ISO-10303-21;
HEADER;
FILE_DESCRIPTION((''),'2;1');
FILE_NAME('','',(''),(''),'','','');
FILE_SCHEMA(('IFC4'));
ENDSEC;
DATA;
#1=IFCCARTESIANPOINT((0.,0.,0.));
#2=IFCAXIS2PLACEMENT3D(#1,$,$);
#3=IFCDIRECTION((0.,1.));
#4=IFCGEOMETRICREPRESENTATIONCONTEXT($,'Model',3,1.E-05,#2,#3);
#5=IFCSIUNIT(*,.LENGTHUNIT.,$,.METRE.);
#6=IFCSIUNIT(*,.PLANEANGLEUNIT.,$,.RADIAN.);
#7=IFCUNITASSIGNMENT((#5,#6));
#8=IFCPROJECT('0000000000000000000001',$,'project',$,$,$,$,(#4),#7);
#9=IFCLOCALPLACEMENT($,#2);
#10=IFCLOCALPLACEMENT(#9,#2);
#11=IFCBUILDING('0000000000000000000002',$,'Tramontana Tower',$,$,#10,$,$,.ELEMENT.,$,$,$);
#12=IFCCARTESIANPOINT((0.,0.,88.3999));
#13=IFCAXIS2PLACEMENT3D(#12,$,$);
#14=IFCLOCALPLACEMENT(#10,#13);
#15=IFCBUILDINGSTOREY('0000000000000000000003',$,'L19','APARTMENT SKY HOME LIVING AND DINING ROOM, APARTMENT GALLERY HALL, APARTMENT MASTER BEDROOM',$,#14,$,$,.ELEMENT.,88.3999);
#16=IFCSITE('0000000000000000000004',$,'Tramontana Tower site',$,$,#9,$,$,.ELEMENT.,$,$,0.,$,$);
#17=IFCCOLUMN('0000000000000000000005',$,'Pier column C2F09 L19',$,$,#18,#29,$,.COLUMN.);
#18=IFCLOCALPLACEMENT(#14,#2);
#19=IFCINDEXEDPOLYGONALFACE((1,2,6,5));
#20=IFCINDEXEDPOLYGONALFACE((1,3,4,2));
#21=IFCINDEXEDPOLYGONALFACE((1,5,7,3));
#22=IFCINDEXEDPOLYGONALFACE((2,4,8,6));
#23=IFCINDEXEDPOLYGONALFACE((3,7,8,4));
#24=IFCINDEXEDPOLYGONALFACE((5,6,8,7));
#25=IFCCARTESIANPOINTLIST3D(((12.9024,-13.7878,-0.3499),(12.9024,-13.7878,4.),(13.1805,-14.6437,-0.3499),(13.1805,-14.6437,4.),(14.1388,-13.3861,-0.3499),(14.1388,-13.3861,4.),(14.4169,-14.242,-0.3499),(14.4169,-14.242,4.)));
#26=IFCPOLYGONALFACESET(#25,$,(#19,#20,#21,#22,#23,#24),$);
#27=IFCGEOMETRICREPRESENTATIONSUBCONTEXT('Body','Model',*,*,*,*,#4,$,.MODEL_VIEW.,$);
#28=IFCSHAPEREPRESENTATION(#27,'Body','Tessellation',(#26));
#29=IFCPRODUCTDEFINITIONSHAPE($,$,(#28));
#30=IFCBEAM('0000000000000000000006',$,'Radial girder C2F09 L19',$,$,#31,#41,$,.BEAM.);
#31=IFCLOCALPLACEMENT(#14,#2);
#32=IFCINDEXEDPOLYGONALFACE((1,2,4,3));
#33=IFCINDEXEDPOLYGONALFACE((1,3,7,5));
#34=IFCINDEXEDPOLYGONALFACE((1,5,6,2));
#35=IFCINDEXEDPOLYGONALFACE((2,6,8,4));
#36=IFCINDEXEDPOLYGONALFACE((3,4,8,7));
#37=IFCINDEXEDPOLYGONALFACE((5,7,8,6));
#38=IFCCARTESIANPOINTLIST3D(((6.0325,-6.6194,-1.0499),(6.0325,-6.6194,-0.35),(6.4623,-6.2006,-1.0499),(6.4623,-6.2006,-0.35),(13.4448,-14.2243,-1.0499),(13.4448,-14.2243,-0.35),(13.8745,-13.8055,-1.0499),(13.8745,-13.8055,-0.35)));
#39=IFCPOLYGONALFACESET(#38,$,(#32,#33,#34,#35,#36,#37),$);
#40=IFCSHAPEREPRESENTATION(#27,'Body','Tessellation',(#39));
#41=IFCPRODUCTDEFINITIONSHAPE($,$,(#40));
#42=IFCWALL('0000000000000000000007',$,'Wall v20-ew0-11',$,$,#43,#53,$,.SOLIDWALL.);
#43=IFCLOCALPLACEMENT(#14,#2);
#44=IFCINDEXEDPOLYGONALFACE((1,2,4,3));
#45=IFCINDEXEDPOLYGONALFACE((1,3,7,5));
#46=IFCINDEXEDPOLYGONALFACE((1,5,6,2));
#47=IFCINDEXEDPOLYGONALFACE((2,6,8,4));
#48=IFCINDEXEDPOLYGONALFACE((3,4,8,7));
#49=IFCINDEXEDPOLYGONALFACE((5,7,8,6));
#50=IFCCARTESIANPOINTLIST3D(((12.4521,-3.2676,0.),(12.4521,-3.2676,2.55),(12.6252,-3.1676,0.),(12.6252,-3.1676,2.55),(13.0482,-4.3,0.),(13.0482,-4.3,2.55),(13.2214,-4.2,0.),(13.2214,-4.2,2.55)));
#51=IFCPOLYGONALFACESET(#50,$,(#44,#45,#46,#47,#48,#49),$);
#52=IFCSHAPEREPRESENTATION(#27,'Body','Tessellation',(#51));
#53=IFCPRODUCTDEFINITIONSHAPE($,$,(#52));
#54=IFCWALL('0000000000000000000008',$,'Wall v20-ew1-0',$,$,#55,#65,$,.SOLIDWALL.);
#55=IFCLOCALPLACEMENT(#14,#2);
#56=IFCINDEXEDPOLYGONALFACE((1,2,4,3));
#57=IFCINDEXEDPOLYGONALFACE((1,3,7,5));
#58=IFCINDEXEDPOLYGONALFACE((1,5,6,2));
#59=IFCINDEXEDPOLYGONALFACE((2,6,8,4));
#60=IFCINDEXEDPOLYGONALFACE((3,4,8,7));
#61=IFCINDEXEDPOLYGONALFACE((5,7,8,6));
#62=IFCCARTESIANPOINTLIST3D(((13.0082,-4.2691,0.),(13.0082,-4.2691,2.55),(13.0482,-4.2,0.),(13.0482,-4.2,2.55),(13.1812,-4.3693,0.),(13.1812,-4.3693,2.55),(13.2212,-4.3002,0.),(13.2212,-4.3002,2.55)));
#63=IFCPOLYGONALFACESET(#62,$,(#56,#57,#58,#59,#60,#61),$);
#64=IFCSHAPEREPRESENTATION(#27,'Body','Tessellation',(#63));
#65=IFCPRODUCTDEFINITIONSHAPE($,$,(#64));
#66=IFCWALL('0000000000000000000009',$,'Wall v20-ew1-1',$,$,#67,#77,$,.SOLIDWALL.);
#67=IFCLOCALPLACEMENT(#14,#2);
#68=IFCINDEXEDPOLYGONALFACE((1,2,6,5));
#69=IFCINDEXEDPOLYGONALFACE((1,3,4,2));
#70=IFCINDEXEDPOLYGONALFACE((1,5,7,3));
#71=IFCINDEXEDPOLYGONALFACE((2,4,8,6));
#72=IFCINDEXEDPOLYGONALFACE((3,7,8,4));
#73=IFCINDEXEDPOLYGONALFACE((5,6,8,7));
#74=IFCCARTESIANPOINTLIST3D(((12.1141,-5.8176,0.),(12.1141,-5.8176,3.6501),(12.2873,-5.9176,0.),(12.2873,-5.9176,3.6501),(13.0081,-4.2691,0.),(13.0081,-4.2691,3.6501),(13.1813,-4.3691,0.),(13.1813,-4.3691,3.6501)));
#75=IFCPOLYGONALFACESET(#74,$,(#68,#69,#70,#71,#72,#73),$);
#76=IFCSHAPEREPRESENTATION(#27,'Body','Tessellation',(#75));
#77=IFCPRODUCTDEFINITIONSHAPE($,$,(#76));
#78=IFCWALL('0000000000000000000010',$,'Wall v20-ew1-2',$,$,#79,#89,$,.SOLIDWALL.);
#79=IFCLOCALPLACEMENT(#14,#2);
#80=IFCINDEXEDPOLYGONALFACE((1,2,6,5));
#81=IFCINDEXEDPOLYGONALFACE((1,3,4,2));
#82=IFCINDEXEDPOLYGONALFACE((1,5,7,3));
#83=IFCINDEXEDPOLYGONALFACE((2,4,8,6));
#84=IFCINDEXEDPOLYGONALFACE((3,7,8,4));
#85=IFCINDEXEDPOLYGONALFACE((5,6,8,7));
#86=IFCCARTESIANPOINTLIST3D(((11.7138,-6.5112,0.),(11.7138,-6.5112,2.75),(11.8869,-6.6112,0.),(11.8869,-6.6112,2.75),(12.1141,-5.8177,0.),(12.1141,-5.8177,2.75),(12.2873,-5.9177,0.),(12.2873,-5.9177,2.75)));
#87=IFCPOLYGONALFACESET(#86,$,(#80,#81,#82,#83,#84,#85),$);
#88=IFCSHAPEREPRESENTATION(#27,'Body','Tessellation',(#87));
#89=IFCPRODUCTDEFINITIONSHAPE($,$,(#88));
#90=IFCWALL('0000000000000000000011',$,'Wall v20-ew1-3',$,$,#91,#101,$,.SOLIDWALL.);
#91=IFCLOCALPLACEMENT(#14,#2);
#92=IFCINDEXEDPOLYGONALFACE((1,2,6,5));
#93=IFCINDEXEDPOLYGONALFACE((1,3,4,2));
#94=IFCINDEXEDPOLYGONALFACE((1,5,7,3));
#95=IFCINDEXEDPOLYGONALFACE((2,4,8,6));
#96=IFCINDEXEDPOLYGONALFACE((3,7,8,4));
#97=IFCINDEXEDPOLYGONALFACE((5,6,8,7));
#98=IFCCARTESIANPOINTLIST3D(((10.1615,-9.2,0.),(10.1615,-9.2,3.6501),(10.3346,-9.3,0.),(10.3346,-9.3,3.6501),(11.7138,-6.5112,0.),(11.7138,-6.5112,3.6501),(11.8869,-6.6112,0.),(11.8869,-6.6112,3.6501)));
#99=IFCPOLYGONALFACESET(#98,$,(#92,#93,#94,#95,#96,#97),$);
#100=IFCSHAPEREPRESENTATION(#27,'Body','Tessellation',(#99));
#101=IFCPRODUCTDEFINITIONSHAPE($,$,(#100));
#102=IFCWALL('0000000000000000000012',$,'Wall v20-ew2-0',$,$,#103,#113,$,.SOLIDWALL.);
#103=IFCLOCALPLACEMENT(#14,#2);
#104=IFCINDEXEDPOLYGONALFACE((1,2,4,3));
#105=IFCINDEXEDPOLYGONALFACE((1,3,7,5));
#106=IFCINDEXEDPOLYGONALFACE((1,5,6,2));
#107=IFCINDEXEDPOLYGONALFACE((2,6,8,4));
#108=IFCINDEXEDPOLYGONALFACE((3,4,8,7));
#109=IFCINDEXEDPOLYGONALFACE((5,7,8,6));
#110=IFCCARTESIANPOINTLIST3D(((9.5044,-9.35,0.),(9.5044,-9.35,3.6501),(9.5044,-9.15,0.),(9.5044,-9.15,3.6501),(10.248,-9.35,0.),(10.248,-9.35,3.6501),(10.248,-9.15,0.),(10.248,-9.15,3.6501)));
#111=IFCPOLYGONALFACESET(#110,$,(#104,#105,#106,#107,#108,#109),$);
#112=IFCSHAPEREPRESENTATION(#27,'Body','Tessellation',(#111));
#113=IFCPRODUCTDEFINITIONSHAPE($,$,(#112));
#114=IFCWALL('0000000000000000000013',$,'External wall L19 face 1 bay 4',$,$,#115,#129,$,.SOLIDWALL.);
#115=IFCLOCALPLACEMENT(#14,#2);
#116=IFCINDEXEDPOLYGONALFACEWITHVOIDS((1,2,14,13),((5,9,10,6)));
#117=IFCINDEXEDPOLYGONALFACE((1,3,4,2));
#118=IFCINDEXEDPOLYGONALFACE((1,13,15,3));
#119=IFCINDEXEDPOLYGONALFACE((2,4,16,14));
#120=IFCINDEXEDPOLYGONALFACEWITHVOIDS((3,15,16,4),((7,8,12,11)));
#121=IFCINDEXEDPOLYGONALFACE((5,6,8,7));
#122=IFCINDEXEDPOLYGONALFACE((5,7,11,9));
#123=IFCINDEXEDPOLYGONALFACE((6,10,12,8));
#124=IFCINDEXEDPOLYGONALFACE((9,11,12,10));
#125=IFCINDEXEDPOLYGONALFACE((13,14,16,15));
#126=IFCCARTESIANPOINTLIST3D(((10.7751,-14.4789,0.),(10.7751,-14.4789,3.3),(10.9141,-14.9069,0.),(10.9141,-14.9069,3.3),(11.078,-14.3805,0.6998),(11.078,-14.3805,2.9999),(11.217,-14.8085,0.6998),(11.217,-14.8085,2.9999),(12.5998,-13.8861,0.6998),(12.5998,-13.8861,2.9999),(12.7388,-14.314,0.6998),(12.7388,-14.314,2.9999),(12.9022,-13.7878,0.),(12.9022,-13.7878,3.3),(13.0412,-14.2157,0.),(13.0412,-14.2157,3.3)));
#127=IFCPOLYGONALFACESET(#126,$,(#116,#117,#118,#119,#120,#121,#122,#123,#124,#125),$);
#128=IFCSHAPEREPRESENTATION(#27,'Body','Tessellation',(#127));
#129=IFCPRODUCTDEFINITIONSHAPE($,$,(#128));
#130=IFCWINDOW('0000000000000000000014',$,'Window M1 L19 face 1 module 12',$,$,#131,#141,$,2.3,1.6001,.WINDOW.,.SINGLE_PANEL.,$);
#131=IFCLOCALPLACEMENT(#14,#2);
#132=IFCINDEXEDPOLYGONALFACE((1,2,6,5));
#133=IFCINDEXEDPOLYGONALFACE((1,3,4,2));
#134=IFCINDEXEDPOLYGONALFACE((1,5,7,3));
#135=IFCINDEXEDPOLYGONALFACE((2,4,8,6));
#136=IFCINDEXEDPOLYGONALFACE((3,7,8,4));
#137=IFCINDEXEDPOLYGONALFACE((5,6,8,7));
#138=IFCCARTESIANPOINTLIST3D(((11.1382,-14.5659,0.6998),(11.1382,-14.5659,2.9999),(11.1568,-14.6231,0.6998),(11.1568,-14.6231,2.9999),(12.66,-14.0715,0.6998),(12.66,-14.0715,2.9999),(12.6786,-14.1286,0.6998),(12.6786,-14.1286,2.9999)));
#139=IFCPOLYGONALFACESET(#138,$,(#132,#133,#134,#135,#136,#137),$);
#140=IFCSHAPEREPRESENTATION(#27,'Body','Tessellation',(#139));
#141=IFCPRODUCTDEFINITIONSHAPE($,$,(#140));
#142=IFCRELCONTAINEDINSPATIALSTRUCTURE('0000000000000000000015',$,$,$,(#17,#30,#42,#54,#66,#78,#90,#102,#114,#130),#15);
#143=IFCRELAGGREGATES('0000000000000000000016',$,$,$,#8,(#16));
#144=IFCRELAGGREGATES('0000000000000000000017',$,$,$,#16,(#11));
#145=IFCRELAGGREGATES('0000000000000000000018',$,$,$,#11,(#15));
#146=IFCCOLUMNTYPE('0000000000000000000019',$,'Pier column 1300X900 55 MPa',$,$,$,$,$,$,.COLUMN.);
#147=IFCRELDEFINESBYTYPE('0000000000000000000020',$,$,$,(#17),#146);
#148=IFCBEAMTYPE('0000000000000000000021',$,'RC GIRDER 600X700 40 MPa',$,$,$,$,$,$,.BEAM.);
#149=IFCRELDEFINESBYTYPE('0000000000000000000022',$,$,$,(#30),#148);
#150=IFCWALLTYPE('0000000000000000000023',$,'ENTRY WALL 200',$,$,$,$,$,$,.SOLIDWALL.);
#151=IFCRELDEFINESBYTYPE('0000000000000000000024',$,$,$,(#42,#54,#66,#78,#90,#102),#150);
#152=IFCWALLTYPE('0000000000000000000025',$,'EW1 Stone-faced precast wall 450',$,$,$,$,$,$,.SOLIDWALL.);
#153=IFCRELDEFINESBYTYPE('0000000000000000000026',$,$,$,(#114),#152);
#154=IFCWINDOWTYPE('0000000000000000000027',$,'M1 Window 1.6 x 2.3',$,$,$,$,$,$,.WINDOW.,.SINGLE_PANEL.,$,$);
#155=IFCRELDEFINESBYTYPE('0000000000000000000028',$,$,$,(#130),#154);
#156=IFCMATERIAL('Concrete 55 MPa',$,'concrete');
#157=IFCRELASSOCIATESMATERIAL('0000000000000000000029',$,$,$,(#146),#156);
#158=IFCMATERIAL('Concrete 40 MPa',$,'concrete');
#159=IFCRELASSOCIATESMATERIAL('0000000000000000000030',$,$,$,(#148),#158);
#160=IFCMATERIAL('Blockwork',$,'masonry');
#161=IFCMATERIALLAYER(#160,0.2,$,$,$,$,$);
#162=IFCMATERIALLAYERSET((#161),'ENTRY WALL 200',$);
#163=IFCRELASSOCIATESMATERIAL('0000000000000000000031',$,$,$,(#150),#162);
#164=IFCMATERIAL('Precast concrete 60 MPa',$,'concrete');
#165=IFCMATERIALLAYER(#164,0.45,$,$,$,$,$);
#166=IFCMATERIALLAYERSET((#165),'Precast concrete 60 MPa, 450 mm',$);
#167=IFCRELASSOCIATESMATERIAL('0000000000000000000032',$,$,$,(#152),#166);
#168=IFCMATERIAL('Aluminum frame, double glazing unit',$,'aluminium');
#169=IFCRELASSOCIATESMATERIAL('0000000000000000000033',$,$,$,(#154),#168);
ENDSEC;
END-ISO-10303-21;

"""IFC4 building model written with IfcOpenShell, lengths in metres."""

from ifc_helpers import new_model, si_unit, direction, frame, frame_2d, origin, origin_2d, place, context, subcontext, project, spatial, rectangle, extrude, material, layer, layer_set, material_profile, profile_set, type_object, element, fill, save


model = new_model("IFC4")

# Units and contexts
model_context = context("Model", 3, precision=1e-05, world=origin(), true_north=direction((0.0, 1.0)))
body_context = subcontext(model_context, "Body", "Model", "MODEL_VIEW")
ifc_project = project(units=[si_unit("LENGTHUNIT", "METRE"), si_unit("PLANEANGLEUNIT", "RADIAN")], contexts=[model_context])

# Site, building, storey
site_placement = place(None, origin())
site = spatial("IfcSite", under=ifc_project, at=site_placement, Name="Tramontana Tower site", CompositionType="ELEMENT", RefElevation=0.0)
building_placement = place(site_placement, origin())
building = spatial("IfcBuilding", under=site, at=building_placement, Name="Tramontana Tower", CompositionType="ELEMENT")
storey_placement = place(building_placement, frame((0.0, 0.0, 88.3999)))
storey = spatial("IfcBuildingStorey", under=building, at=storey_placement, Name="L19", Description="APARTMENT SKY HOME LIVING AND DINING ROOM, APARTMENT GALLERY HALL, APARTMENT MASTER BEDROOM", CompositionType="ELEMENT", Elevation=88.3999)

# Column
ifc_material_1 = material(Name="Concrete 55 MPa", Category="concrete")
ifc_material_profile_1 = material_profile(ifc_material_1, rectangle(XDim=1.3, YDim=0.8999, at=origin_2d()), Name="Pier column 1300X900 55 MPa")
ifc_profile_set_1 = profile_set([ifc_material_profile_1], Name="Concrete 55 MPa")
column_type = type_object("IfcColumnType", Name="Pier column 1300X900 55 MPa", PredefinedType="COLUMN", material=ifc_profile_set_1)
column_placement = place(storey_placement, frame((13.6597, -14.0149, -0.3499), z_axis=(0.0, 0.0, 1.0), x_axis=(0.951057, 0.309017, 0.0)))
element("IfcColumn", 1, at=column_placement, inside=storey, type_object=column_type, Name="Pier column C2F09 L19", PredefinedType="COLUMN", context=body_context, shape_type="SweptSolid", body=[
    extrude(rectangle(XDim=1.3, YDim=0.8999, at=origin_2d()), origin(), (0.0, 0.0, 1.0), 4.3499),
])

# Beam
ifc_material_2 = material(Name="Concrete 40 MPa", Category="concrete")
ifc_material_profile_2 = material_profile(ifc_material_2, rectangle(XDim=0.6001, YDim=0.7, at=origin_2d()), Name="RC GIRDER 600X700 40 MPa")
ifc_profile_set_2 = profile_set([ifc_material_profile_2], Name="Concrete 40 MPa")
beam_type = type_object("IfcBeamType", Name="RC GIRDER 600X700 40 MPa", PredefinedType="BEAM", material=ifc_profile_set_2)
beam_placement = place(storey_placement, frame((13.6597, -14.0149, -0.7), z_axis=(-0.697979, 0.716118, 0.0), x_axis=(-0.716118, -0.697979, 0.0)))
element("IfcBeam", 2, at=beam_placement, inside=storey, type_object=beam_type, Name="Radial girder C2F09 L19", PredefinedType="BEAM", context=body_context, shape_type="SweptSolid", body=[
    extrude(rectangle(XDim=0.6001, YDim=0.7, at=origin_2d()), origin(), (0.0, 0.0, 1.0), 10.6196),
])

# Walls
ifc_material_3 = material(Name="Blockwork", Category="masonry")
ifc_layer_1 = layer(ifc_material_3, 0.2)
ifc_layer_set_1 = layer_set([ifc_layer_1], Name="ENTRY WALL 200")
wall_type_1 = type_object("IfcWallType", Name="ENTRY WALL 200", PredefinedType="SOLIDWALL", material=ifc_layer_set_1)
wall_1_placement = place(storey_placement, frame((12.5386, -3.2175, 0.0), z_axis=(0.0, 0.0, 1.0), x_axis=(0.500059, -0.865991, 0.0)))
element("IfcWall", 3, at=wall_1_placement, inside=storey, type_object=wall_type_1, Name="Wall v20-ew0-11", PredefinedType="SOLIDWALL", context=body_context, shape_type="SweptSolid", body=[
    extrude(rectangle(XDim=1.1921, YDim=0.2, at=frame_2d((0.5962, 0.0))), origin(), (0.0, 0.0, 1.0), 2.55),
])
wall_2_placement = place(storey_placement, frame((13.1348, -4.25, 0.0), z_axis=(0.0, 0.0, 1.0), x_axis=(-0.501398, -0.865217, 0.0)))
element("IfcWall", 4, at=wall_2_placement, inside=storey, type_object=wall_type_1, Name="Wall v20-ew1-0", PredefinedType="SOLIDWALL", context=body_context, shape_type="SweptSolid", body=[
    extrude(rectangle(XDim=0.0798, YDim=0.2, at=frame_2d((0.04, 0.0))), origin(), (0.0, 0.0, 1.0), 2.55),
])
wall_3_placement = place(storey_placement, frame((13.0947, -4.3191, 0.0), z_axis=(0.0, 0.0, 1.0), x_axis=(-0.499986, -0.866033, 0.0)))
element("IfcWall", 5, at=wall_3_placement, inside=storey, type_object=wall_type_1, Name="Wall v20-ew1-1", PredefinedType="SOLIDWALL", context=body_context, shape_type="SweptSolid", body=[
    extrude(rectangle(XDim=1.7881, YDim=0.2, at=frame_2d((0.894, 0.0))), origin(), (0.0, 0.0, 1.0), 3.6501),
])
wall_4_placement = place(storey_placement, frame((12.2007, -5.8677, 0.0), z_axis=(0.0, 0.0, 1.0), x_axis=(-0.499942, -0.866059, 0.0)))
element("IfcWall", 6, at=wall_4_placement, inside=storey, type_object=wall_type_1, Name="Wall v20-ew1-2", PredefinedType="SOLIDWALL", context=body_context, shape_type="SweptSolid", body=[
    extrude(rectangle(XDim=0.8008, YDim=0.2, at=frame_2d((0.4004, 0.0))), origin(), (0.0, 0.0, 1.0), 2.75),
])
wall_5_placement = place(storey_placement, frame((11.8003, -6.5613, 0.0), z_axis=(0.0, 0.0, 1.0), x_axis=(-0.499979, -0.866038, 0.0)))
element("IfcWall", 7, at=wall_5_placement, inside=storey, type_object=wall_type_1, Name="Wall v20-ew1-3", PredefinedType="SOLIDWALL", context=body_context, shape_type="SweptSolid", body=[
    extrude(rectangle(XDim=3.1047, YDim=0.2, at=frame_2d((1.5522, 0.0))), origin(), (0.0, 0.0, 1.0), 3.6501),
])
wall_6_placement = place(storey_placement, frame((10.248, -9.25, 0.0), z_axis=(0.0, 0.0, 1.0), x_axis=(-1.0, 0.0, 0.0)))
element("IfcWall", 8, at=wall_6_placement, inside=storey, type_object=wall_type_1, Name="Wall v20-ew2-0", PredefinedType="SOLIDWALL", context=body_context, shape_type="SweptSolid", body=[
    extrude(rectangle(XDim=0.7437, YDim=0.2, at=frame_2d((0.3718, 0.0))), origin(), (0.0, 0.0, 1.0), 3.6501),
])

# Wall, opening, window
ifc_material_4 = material(Name="Precast concrete 60 MPa", Category="concrete")
ifc_layer_2 = layer(ifc_material_4, 0.45)
ifc_layer_set_2 = layer_set([ifc_layer_2], Name="Precast concrete 60 MPa, 450 mm")
wall_type_2 = type_object("IfcWallType", Name="EW1 Stone-faced precast wall 450", PredefinedType="SOLIDWALL", material=ifc_layer_set_2)
wall_7_placement = place(storey_placement, frame((10.8447, -14.6929, 0.0), z_axis=(0.0, 0.0, 1.0), x_axis=(0.951057, 0.309014, 0.0)))
wall_7 = element("IfcWall", 9, at=wall_7_placement, inside=storey, type_object=wall_type_2, Name="External wall L19 face 1 bay 4", PredefinedType="SOLIDWALL", context=body_context, shape_type="SweptSolid", body=[
    extrude(rectangle(XDim=2.2366, YDim=0.45, at=frame_2d((1.1182, 0.0))), origin(), (0.0, 0.0, 1.0), 3.3),
])
opening_1_placement = place(wall_7_placement, frame((0.3184, 0.0, 0.7)))
opening_1 = element("IfcOpeningElement", 10, at=opening_1_placement, cuts=wall_7, PredefinedType="OPENING", context=body_context, shape_type="SweptSolid", body=[
    extrude(rectangle(XDim=1.6001, YDim=2.3, at=frame_2d((0.8, 1.1499))), frame((0.0, 0.2349, 0.0), z_axis=(0.0, -1.0, 0.0), x_axis=(1.0, 0.0, 0.0)), (0.0, 0.0, 1.0), 0.47),
])
ifc_material_5 = material(Name="Aluminum frame, double glazing unit", Category="aluminium")
window_type = type_object("IfcWindowType", Name="M1 Window 1.6 x 2.3", PartitioningType="SINGLE_PANEL", PredefinedType="WINDOW", material=ifc_material_5)
window_1_placement = place(opening_1_placement, origin())
window_1 = element("IfcWindow", 11, at=window_1_placement, inside=storey, type_object=window_type, Name="Window M1 L19 face 1 module 12", OverallHeight=2.3, OverallWidth=1.6001, PartitioningType="SINGLE_PANEL", PredefinedType="WINDOW", context=body_context, shape_type="SweptSolid", body=[
    extrude(rectangle(XDim=1.6001, YDim=2.3, at=frame_2d((0.8, 1.1499))), frame((0.0, 0.03, 0.0), z_axis=(0.0, -1.0, 0.0), x_axis=(1.0, 0.0, 0.0)), (0.0, 0.0, 1.0), 0.0601),
])
fill(opening_1, window_1)

save(model, "model.ifc")
